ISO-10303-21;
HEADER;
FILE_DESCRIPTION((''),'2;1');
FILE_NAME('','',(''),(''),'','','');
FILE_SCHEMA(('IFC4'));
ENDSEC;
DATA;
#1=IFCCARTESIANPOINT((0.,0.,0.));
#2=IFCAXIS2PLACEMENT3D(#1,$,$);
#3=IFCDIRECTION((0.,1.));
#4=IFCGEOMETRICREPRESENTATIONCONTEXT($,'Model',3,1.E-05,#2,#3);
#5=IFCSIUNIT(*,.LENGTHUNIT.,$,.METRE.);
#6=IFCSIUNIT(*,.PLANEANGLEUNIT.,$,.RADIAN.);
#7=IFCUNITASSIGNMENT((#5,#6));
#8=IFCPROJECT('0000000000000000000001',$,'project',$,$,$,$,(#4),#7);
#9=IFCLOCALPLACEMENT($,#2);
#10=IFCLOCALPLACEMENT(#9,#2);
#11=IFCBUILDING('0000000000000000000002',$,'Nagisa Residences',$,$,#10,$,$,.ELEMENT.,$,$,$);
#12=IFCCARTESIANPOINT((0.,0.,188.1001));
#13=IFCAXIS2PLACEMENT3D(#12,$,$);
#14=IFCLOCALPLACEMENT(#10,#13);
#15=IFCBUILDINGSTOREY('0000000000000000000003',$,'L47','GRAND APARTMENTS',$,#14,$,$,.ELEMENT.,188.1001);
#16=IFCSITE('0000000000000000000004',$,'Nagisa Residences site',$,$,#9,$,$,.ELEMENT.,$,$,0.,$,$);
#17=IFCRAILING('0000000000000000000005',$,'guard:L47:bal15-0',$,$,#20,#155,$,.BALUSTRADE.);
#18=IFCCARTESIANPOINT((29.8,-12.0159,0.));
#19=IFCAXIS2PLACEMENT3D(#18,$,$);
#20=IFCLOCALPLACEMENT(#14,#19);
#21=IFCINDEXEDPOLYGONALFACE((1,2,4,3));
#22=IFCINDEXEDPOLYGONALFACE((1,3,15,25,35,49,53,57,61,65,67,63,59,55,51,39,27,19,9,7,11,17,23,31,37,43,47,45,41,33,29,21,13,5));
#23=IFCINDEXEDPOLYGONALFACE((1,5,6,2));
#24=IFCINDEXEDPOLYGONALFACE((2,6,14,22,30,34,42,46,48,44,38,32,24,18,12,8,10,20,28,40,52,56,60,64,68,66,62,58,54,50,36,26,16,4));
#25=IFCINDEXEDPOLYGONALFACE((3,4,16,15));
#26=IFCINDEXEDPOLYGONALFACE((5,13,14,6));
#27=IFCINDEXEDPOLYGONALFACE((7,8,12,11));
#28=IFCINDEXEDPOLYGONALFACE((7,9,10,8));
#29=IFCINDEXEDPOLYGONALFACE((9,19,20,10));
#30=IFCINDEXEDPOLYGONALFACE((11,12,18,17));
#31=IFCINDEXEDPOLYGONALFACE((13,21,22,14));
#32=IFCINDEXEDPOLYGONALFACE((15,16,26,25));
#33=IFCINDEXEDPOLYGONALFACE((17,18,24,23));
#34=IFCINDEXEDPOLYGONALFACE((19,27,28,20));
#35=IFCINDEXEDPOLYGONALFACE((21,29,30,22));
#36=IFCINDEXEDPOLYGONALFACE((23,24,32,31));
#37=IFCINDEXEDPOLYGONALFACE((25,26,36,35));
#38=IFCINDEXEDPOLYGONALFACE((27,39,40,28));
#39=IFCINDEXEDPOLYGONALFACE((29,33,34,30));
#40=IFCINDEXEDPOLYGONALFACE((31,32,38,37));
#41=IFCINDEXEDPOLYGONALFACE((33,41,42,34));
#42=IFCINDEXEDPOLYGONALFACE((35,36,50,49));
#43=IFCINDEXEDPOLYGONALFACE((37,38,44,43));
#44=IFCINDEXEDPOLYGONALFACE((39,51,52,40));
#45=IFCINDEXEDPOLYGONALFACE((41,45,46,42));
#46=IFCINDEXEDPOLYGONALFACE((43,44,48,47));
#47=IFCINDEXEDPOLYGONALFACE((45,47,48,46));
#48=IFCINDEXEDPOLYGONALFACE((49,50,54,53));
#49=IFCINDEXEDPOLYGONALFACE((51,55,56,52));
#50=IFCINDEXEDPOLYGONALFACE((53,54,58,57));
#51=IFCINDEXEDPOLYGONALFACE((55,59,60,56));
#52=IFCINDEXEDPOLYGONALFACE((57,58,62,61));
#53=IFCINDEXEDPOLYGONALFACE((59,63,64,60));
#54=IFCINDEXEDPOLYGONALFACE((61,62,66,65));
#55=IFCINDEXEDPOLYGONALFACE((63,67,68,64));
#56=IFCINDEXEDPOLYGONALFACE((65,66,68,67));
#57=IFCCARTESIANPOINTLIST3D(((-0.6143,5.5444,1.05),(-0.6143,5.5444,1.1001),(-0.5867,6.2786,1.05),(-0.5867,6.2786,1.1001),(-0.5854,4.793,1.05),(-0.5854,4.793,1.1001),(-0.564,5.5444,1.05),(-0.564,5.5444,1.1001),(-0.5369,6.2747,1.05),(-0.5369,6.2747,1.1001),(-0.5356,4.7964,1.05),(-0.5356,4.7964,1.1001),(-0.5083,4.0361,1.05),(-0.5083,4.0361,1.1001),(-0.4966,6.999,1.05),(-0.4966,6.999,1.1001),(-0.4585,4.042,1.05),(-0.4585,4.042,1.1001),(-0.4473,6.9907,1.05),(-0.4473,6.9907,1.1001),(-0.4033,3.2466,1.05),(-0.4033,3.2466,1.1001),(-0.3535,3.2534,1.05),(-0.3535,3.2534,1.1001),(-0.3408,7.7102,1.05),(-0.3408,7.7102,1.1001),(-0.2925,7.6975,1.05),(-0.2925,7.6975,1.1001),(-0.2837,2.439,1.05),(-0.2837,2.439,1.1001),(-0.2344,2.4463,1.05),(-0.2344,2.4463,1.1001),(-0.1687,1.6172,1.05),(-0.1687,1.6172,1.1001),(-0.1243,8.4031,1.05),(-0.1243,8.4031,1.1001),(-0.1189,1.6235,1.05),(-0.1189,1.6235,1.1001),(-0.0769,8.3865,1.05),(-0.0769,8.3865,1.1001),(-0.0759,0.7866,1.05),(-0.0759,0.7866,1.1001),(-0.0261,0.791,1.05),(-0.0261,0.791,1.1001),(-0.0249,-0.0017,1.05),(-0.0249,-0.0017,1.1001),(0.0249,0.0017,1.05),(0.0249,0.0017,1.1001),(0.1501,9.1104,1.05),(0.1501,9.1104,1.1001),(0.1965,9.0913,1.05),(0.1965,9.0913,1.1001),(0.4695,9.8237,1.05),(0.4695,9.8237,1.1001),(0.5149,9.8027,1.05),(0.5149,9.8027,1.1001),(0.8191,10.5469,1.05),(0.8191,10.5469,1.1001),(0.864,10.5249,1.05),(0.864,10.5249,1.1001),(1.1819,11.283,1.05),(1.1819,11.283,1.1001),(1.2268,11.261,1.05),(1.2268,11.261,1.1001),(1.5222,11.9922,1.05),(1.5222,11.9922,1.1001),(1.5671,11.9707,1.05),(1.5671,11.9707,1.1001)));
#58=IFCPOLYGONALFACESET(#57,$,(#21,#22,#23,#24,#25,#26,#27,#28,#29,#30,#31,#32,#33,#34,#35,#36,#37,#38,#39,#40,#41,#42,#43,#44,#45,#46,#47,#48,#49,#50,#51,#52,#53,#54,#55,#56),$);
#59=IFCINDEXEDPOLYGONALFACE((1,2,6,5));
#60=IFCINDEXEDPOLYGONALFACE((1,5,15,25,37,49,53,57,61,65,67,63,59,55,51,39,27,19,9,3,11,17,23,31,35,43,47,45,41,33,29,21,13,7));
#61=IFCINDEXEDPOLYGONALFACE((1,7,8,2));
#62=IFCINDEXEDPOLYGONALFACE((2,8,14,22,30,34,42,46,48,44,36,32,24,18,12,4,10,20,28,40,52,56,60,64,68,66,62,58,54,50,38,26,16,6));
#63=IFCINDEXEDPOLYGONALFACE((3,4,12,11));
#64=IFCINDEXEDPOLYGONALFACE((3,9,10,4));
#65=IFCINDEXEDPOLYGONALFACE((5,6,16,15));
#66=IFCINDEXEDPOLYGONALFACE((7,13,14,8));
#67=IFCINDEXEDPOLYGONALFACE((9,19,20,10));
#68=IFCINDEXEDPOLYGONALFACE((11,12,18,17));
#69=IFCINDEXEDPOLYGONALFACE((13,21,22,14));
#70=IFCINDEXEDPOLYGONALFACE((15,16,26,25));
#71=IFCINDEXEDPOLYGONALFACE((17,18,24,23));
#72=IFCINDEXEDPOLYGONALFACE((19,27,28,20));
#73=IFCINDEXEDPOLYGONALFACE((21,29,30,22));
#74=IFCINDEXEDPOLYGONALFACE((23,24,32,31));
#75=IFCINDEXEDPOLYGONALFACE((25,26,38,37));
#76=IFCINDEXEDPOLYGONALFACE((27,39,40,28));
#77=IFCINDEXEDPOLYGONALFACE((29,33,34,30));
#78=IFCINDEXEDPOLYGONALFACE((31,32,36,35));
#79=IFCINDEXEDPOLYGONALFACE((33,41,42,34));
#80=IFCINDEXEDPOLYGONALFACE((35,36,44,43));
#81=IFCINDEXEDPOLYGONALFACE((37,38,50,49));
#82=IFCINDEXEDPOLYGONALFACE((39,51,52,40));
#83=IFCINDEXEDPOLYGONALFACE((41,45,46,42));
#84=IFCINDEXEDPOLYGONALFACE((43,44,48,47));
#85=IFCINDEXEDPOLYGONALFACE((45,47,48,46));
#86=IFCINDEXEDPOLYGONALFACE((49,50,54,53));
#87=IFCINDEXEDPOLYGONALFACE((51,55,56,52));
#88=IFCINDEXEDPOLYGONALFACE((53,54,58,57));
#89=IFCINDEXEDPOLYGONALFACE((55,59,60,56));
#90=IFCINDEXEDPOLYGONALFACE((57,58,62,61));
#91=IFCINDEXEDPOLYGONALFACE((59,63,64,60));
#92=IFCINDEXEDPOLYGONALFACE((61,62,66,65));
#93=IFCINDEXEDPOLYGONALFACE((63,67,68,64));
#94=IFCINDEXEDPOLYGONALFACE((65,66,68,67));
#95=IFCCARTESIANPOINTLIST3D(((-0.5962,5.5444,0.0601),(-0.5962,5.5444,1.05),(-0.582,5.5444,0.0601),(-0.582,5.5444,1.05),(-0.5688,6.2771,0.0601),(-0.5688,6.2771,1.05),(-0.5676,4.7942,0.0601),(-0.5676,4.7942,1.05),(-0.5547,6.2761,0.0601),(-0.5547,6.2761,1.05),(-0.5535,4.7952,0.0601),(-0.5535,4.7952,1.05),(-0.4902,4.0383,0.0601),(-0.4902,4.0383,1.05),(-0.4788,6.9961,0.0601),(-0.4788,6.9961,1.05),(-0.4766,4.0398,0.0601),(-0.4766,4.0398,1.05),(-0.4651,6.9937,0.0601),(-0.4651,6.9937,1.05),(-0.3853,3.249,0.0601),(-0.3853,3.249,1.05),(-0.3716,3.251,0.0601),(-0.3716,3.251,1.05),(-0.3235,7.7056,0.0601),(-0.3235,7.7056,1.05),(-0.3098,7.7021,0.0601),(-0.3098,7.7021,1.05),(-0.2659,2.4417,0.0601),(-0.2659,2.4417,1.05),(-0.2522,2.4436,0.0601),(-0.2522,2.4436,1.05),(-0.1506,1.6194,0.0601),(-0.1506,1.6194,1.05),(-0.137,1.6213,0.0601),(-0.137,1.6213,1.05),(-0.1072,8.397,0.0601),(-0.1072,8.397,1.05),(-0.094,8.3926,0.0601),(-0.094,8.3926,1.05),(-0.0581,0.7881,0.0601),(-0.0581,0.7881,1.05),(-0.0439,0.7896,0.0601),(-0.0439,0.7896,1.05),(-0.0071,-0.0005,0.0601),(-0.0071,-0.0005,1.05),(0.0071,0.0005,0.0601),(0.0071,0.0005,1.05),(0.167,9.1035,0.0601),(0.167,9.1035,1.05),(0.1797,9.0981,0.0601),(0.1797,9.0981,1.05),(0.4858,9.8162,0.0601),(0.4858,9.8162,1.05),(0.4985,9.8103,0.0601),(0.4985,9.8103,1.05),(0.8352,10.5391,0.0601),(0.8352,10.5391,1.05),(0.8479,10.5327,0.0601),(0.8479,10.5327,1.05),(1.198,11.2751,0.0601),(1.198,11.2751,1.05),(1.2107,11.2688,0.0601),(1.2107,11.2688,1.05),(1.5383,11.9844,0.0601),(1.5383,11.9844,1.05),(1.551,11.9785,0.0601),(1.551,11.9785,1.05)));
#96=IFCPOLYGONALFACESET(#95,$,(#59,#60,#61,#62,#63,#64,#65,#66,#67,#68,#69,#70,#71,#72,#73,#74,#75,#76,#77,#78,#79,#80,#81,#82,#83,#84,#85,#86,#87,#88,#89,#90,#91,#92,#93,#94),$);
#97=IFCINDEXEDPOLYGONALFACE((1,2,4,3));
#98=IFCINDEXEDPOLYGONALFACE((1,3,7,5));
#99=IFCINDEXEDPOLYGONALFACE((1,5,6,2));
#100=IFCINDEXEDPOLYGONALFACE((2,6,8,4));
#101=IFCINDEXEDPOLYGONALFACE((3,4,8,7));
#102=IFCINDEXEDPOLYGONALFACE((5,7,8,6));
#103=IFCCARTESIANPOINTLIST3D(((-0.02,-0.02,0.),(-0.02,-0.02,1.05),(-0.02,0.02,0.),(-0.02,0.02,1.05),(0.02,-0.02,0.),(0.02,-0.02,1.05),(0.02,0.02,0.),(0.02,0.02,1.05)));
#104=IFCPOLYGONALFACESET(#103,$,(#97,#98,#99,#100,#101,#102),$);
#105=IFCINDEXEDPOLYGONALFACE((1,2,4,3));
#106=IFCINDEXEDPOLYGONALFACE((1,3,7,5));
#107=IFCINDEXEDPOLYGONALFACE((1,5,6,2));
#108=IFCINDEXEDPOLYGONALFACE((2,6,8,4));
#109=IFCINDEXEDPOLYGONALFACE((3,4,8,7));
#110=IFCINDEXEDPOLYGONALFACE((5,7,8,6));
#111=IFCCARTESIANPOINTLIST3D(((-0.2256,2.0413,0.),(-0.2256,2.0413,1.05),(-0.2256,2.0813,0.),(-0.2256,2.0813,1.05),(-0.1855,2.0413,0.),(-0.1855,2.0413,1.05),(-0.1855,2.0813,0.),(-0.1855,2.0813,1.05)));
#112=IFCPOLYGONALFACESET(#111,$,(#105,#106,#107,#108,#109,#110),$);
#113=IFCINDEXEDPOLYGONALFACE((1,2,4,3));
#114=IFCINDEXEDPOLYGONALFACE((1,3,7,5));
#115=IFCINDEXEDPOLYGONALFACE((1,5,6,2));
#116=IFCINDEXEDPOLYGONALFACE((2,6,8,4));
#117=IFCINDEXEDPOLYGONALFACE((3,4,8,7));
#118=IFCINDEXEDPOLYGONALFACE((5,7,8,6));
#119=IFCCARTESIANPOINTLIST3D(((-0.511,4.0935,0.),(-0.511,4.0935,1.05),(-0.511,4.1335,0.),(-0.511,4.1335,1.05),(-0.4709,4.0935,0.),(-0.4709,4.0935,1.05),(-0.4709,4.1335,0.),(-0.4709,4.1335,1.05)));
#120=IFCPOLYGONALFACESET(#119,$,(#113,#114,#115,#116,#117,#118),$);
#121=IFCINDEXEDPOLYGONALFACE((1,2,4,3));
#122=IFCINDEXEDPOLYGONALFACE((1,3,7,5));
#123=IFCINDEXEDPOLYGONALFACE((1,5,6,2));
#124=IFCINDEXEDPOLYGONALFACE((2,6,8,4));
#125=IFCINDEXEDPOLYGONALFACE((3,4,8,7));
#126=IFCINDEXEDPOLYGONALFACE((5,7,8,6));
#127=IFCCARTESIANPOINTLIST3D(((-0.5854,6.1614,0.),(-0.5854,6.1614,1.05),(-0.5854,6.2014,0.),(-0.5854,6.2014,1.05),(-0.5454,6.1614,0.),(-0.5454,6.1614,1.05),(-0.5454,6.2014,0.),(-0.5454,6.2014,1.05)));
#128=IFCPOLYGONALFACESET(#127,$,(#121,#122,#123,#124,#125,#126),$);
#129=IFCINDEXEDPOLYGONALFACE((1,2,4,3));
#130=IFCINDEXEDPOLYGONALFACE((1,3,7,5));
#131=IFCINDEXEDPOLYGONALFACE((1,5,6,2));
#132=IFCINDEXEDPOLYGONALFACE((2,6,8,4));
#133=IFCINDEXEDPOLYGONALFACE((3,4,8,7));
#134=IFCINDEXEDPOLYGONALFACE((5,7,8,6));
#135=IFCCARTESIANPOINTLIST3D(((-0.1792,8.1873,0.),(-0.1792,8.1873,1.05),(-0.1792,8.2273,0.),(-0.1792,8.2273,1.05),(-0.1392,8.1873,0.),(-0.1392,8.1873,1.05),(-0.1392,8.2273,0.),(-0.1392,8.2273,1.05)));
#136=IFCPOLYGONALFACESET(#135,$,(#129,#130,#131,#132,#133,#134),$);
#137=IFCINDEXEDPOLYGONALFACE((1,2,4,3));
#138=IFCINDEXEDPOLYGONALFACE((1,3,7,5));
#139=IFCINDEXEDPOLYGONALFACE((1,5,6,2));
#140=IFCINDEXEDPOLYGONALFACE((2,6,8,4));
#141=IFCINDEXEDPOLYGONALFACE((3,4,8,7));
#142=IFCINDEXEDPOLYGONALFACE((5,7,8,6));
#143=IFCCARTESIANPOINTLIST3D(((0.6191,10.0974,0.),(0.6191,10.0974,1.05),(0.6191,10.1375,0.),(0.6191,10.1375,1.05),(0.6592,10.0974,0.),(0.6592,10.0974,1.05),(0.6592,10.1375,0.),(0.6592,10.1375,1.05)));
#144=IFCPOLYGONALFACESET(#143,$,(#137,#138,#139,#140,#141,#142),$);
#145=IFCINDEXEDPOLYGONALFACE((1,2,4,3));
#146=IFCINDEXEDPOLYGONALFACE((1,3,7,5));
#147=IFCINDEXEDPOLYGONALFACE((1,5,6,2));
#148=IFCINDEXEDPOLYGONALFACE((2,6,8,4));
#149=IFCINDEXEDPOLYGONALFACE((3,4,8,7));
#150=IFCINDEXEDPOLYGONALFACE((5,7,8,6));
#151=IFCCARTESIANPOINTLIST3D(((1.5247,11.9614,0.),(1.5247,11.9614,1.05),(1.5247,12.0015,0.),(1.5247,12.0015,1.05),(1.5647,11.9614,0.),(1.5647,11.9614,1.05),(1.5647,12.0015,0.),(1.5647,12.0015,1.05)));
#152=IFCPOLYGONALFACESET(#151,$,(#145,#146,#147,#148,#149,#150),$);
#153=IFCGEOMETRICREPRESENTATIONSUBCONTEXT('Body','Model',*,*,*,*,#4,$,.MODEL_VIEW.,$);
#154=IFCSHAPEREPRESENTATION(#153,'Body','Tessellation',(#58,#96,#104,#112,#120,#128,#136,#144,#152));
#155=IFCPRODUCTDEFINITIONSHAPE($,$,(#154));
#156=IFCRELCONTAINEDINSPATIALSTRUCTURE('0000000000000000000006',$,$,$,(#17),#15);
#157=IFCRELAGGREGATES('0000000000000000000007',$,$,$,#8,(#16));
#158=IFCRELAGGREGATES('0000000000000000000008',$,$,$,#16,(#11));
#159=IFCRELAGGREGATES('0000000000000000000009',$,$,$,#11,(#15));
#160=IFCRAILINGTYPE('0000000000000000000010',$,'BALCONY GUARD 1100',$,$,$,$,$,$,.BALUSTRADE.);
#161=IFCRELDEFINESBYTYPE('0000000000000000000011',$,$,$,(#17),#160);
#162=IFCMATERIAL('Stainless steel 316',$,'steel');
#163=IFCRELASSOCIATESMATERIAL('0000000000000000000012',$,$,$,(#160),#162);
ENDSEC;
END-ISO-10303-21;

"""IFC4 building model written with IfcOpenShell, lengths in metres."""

from ifc_helpers import new_model, si_unit, direction, frame, origin, origin_2d, place, context, subcontext, project, spatial, polyline, rectangle, outline, extrude, material, type_object, element, save


model = new_model("IFC4")

# Units and contexts
model_context = context("Model", 3, precision=1e-05, world=origin(), true_north=direction((0.0, 1.0)))
body_context = subcontext(model_context, "Body", "Model", "MODEL_VIEW")
ifc_project = project(units=[si_unit("LENGTHUNIT", "METRE"), si_unit("PLANEANGLEUNIT", "RADIAN")], contexts=[model_context])

# Site, building, storey
site_placement = place(None, origin())
site = spatial("IfcSite", under=ifc_project, at=site_placement, Name="Nagisa Residences site", CompositionType="ELEMENT", RefElevation=0.0)
building_placement = place(site_placement, origin())
building = spatial("IfcBuilding", under=site, at=building_placement, Name="Nagisa Residences", CompositionType="ELEMENT")
storey_placement = place(building_placement, frame((0.0, 0.0, 188.1001)))
storey = spatial("IfcBuildingStorey", under=building, at=storey_placement, Name="L47", Description="GRAND APARTMENTS", CompositionType="ELEMENT", Elevation=188.1001)

# Railing
ifc_material_1 = material(Name="Stainless steel 316", Category="steel")
railing_type = type_object("IfcRailingType", Name="BALCONY GUARD 1100", PredefinedType="BALUSTRADE", material=ifc_material_1)
railing_placement = place(storey_placement, frame((29.8, -12.0159, 0.0)))
element("IfcRailing", 1, at=railing_placement, inside=storey, type_object=railing_type, Name="guard:L47:bal15-0", PredefinedType="BALUSTRADE", context=body_context, shape_type="SweptSolid", body=[
    extrude(outline(polyline([(-0.0759, 0.7866), (-0.0249, -0.0017), (0.0249, 0.0017), (-0.0261, 0.791), (-0.1189, 1.6235), (-0.2344, 2.4463), (-0.3535, 3.2534), (-0.4585, 4.042), (-0.5356, 4.7964), (-0.564, 5.5444), (-0.5369, 6.2747), (-0.4473, 6.9907), (-0.2925, 7.6975), (-0.0769, 8.3865), (0.1965, 9.0913), (0.5149, 9.8027), (0.864, 10.5249), (1.2268, 11.261), (1.5671, 11.9707), (1.5222, 11.9922), (1.1819, 11.283), (0.8191, 10.5469), (0.4695, 9.8237), (0.1501, 9.1104), (-0.1243, 8.4031), (-0.3408, 7.7102), (-0.4966, 6.999), (-0.5867, 6.2786), (-0.6143, 5.5444), (-0.5854, 4.793), (-0.5083, 4.0361), (-0.4033, 3.2466), (-0.2837, 2.439), (-0.1687, 1.6172), (-0.0759, 0.7866)])), frame((0.0, 0.0, 1.05)), (0.0, 0.0, 1.0), 0.05),
    extrude(outline(polyline([(-0.0581, 0.7881), (-0.0071, -0.0005), (0.0071, 0.0005), (-0.0439, 0.7896), (-0.137, 1.6213), (-0.2522, 2.4436), (-0.3716, 3.251), (-0.4766, 4.0398), (-0.5535, 4.7952), (-0.582, 5.5444), (-0.5547, 6.2761), (-0.4651, 6.9937), (-0.3098, 7.7021), (-0.094, 8.3926), (0.1797, 9.0981), (0.4985, 9.8103), (0.8479, 10.5327), (1.2107, 11.2688), (1.551, 11.9785), (1.5383, 11.9844), (1.198, 11.2751), (0.8352, 10.5391), (0.4858, 9.8162), (0.167, 9.1035), (-0.1072, 8.397), (-0.3235, 7.7056), (-0.4788, 6.9961), (-0.5688, 6.2771), (-0.5962, 5.5444), (-0.5676, 4.7942), (-0.4902, 4.0383), (-0.3853, 3.249), (-0.2659, 2.4417), (-0.1506, 1.6194), (-0.0581, 0.7881)])), frame((0.0, 0.0, 0.0601)), (0.0, 0.0, 1.0), 0.99),
    extrude(rectangle(XDim=0.04, YDim=0.04, at=origin_2d()), origin(), (0.0, 0.0, 1.0), 1.05),
    extrude(rectangle(XDim=0.04, YDim=0.04, at=origin_2d()), frame((-0.2056, 2.0613, 0.0)), (0.0, 0.0, 1.0), 1.05),
    extrude(rectangle(XDim=0.04, YDim=0.04, at=origin_2d()), frame((-0.491, 4.1135, 0.0)), (0.0, 0.0, 1.0), 1.05),
    extrude(rectangle(XDim=0.04, YDim=0.04, at=origin_2d()), frame((-0.5654, 6.1814, 0.0)), (0.0, 0.0, 1.0), 1.05),
    extrude(rectangle(XDim=0.04, YDim=0.04, at=origin_2d()), frame((-0.1592, 8.2073, 0.0)), (0.0, 0.0, 1.0), 1.05),
    extrude(rectangle(XDim=0.04, YDim=0.04, at=origin_2d()), frame((0.6392, 10.1174, 0.0)), (0.0, 0.0, 1.0), 1.05),
    extrude(rectangle(XDim=0.04, YDim=0.04, at=origin_2d()), frame((1.5447, 11.9814, 0.0)), (0.0, 0.0, 1.0), 1.05),
])

save(model, "model.ifc")
